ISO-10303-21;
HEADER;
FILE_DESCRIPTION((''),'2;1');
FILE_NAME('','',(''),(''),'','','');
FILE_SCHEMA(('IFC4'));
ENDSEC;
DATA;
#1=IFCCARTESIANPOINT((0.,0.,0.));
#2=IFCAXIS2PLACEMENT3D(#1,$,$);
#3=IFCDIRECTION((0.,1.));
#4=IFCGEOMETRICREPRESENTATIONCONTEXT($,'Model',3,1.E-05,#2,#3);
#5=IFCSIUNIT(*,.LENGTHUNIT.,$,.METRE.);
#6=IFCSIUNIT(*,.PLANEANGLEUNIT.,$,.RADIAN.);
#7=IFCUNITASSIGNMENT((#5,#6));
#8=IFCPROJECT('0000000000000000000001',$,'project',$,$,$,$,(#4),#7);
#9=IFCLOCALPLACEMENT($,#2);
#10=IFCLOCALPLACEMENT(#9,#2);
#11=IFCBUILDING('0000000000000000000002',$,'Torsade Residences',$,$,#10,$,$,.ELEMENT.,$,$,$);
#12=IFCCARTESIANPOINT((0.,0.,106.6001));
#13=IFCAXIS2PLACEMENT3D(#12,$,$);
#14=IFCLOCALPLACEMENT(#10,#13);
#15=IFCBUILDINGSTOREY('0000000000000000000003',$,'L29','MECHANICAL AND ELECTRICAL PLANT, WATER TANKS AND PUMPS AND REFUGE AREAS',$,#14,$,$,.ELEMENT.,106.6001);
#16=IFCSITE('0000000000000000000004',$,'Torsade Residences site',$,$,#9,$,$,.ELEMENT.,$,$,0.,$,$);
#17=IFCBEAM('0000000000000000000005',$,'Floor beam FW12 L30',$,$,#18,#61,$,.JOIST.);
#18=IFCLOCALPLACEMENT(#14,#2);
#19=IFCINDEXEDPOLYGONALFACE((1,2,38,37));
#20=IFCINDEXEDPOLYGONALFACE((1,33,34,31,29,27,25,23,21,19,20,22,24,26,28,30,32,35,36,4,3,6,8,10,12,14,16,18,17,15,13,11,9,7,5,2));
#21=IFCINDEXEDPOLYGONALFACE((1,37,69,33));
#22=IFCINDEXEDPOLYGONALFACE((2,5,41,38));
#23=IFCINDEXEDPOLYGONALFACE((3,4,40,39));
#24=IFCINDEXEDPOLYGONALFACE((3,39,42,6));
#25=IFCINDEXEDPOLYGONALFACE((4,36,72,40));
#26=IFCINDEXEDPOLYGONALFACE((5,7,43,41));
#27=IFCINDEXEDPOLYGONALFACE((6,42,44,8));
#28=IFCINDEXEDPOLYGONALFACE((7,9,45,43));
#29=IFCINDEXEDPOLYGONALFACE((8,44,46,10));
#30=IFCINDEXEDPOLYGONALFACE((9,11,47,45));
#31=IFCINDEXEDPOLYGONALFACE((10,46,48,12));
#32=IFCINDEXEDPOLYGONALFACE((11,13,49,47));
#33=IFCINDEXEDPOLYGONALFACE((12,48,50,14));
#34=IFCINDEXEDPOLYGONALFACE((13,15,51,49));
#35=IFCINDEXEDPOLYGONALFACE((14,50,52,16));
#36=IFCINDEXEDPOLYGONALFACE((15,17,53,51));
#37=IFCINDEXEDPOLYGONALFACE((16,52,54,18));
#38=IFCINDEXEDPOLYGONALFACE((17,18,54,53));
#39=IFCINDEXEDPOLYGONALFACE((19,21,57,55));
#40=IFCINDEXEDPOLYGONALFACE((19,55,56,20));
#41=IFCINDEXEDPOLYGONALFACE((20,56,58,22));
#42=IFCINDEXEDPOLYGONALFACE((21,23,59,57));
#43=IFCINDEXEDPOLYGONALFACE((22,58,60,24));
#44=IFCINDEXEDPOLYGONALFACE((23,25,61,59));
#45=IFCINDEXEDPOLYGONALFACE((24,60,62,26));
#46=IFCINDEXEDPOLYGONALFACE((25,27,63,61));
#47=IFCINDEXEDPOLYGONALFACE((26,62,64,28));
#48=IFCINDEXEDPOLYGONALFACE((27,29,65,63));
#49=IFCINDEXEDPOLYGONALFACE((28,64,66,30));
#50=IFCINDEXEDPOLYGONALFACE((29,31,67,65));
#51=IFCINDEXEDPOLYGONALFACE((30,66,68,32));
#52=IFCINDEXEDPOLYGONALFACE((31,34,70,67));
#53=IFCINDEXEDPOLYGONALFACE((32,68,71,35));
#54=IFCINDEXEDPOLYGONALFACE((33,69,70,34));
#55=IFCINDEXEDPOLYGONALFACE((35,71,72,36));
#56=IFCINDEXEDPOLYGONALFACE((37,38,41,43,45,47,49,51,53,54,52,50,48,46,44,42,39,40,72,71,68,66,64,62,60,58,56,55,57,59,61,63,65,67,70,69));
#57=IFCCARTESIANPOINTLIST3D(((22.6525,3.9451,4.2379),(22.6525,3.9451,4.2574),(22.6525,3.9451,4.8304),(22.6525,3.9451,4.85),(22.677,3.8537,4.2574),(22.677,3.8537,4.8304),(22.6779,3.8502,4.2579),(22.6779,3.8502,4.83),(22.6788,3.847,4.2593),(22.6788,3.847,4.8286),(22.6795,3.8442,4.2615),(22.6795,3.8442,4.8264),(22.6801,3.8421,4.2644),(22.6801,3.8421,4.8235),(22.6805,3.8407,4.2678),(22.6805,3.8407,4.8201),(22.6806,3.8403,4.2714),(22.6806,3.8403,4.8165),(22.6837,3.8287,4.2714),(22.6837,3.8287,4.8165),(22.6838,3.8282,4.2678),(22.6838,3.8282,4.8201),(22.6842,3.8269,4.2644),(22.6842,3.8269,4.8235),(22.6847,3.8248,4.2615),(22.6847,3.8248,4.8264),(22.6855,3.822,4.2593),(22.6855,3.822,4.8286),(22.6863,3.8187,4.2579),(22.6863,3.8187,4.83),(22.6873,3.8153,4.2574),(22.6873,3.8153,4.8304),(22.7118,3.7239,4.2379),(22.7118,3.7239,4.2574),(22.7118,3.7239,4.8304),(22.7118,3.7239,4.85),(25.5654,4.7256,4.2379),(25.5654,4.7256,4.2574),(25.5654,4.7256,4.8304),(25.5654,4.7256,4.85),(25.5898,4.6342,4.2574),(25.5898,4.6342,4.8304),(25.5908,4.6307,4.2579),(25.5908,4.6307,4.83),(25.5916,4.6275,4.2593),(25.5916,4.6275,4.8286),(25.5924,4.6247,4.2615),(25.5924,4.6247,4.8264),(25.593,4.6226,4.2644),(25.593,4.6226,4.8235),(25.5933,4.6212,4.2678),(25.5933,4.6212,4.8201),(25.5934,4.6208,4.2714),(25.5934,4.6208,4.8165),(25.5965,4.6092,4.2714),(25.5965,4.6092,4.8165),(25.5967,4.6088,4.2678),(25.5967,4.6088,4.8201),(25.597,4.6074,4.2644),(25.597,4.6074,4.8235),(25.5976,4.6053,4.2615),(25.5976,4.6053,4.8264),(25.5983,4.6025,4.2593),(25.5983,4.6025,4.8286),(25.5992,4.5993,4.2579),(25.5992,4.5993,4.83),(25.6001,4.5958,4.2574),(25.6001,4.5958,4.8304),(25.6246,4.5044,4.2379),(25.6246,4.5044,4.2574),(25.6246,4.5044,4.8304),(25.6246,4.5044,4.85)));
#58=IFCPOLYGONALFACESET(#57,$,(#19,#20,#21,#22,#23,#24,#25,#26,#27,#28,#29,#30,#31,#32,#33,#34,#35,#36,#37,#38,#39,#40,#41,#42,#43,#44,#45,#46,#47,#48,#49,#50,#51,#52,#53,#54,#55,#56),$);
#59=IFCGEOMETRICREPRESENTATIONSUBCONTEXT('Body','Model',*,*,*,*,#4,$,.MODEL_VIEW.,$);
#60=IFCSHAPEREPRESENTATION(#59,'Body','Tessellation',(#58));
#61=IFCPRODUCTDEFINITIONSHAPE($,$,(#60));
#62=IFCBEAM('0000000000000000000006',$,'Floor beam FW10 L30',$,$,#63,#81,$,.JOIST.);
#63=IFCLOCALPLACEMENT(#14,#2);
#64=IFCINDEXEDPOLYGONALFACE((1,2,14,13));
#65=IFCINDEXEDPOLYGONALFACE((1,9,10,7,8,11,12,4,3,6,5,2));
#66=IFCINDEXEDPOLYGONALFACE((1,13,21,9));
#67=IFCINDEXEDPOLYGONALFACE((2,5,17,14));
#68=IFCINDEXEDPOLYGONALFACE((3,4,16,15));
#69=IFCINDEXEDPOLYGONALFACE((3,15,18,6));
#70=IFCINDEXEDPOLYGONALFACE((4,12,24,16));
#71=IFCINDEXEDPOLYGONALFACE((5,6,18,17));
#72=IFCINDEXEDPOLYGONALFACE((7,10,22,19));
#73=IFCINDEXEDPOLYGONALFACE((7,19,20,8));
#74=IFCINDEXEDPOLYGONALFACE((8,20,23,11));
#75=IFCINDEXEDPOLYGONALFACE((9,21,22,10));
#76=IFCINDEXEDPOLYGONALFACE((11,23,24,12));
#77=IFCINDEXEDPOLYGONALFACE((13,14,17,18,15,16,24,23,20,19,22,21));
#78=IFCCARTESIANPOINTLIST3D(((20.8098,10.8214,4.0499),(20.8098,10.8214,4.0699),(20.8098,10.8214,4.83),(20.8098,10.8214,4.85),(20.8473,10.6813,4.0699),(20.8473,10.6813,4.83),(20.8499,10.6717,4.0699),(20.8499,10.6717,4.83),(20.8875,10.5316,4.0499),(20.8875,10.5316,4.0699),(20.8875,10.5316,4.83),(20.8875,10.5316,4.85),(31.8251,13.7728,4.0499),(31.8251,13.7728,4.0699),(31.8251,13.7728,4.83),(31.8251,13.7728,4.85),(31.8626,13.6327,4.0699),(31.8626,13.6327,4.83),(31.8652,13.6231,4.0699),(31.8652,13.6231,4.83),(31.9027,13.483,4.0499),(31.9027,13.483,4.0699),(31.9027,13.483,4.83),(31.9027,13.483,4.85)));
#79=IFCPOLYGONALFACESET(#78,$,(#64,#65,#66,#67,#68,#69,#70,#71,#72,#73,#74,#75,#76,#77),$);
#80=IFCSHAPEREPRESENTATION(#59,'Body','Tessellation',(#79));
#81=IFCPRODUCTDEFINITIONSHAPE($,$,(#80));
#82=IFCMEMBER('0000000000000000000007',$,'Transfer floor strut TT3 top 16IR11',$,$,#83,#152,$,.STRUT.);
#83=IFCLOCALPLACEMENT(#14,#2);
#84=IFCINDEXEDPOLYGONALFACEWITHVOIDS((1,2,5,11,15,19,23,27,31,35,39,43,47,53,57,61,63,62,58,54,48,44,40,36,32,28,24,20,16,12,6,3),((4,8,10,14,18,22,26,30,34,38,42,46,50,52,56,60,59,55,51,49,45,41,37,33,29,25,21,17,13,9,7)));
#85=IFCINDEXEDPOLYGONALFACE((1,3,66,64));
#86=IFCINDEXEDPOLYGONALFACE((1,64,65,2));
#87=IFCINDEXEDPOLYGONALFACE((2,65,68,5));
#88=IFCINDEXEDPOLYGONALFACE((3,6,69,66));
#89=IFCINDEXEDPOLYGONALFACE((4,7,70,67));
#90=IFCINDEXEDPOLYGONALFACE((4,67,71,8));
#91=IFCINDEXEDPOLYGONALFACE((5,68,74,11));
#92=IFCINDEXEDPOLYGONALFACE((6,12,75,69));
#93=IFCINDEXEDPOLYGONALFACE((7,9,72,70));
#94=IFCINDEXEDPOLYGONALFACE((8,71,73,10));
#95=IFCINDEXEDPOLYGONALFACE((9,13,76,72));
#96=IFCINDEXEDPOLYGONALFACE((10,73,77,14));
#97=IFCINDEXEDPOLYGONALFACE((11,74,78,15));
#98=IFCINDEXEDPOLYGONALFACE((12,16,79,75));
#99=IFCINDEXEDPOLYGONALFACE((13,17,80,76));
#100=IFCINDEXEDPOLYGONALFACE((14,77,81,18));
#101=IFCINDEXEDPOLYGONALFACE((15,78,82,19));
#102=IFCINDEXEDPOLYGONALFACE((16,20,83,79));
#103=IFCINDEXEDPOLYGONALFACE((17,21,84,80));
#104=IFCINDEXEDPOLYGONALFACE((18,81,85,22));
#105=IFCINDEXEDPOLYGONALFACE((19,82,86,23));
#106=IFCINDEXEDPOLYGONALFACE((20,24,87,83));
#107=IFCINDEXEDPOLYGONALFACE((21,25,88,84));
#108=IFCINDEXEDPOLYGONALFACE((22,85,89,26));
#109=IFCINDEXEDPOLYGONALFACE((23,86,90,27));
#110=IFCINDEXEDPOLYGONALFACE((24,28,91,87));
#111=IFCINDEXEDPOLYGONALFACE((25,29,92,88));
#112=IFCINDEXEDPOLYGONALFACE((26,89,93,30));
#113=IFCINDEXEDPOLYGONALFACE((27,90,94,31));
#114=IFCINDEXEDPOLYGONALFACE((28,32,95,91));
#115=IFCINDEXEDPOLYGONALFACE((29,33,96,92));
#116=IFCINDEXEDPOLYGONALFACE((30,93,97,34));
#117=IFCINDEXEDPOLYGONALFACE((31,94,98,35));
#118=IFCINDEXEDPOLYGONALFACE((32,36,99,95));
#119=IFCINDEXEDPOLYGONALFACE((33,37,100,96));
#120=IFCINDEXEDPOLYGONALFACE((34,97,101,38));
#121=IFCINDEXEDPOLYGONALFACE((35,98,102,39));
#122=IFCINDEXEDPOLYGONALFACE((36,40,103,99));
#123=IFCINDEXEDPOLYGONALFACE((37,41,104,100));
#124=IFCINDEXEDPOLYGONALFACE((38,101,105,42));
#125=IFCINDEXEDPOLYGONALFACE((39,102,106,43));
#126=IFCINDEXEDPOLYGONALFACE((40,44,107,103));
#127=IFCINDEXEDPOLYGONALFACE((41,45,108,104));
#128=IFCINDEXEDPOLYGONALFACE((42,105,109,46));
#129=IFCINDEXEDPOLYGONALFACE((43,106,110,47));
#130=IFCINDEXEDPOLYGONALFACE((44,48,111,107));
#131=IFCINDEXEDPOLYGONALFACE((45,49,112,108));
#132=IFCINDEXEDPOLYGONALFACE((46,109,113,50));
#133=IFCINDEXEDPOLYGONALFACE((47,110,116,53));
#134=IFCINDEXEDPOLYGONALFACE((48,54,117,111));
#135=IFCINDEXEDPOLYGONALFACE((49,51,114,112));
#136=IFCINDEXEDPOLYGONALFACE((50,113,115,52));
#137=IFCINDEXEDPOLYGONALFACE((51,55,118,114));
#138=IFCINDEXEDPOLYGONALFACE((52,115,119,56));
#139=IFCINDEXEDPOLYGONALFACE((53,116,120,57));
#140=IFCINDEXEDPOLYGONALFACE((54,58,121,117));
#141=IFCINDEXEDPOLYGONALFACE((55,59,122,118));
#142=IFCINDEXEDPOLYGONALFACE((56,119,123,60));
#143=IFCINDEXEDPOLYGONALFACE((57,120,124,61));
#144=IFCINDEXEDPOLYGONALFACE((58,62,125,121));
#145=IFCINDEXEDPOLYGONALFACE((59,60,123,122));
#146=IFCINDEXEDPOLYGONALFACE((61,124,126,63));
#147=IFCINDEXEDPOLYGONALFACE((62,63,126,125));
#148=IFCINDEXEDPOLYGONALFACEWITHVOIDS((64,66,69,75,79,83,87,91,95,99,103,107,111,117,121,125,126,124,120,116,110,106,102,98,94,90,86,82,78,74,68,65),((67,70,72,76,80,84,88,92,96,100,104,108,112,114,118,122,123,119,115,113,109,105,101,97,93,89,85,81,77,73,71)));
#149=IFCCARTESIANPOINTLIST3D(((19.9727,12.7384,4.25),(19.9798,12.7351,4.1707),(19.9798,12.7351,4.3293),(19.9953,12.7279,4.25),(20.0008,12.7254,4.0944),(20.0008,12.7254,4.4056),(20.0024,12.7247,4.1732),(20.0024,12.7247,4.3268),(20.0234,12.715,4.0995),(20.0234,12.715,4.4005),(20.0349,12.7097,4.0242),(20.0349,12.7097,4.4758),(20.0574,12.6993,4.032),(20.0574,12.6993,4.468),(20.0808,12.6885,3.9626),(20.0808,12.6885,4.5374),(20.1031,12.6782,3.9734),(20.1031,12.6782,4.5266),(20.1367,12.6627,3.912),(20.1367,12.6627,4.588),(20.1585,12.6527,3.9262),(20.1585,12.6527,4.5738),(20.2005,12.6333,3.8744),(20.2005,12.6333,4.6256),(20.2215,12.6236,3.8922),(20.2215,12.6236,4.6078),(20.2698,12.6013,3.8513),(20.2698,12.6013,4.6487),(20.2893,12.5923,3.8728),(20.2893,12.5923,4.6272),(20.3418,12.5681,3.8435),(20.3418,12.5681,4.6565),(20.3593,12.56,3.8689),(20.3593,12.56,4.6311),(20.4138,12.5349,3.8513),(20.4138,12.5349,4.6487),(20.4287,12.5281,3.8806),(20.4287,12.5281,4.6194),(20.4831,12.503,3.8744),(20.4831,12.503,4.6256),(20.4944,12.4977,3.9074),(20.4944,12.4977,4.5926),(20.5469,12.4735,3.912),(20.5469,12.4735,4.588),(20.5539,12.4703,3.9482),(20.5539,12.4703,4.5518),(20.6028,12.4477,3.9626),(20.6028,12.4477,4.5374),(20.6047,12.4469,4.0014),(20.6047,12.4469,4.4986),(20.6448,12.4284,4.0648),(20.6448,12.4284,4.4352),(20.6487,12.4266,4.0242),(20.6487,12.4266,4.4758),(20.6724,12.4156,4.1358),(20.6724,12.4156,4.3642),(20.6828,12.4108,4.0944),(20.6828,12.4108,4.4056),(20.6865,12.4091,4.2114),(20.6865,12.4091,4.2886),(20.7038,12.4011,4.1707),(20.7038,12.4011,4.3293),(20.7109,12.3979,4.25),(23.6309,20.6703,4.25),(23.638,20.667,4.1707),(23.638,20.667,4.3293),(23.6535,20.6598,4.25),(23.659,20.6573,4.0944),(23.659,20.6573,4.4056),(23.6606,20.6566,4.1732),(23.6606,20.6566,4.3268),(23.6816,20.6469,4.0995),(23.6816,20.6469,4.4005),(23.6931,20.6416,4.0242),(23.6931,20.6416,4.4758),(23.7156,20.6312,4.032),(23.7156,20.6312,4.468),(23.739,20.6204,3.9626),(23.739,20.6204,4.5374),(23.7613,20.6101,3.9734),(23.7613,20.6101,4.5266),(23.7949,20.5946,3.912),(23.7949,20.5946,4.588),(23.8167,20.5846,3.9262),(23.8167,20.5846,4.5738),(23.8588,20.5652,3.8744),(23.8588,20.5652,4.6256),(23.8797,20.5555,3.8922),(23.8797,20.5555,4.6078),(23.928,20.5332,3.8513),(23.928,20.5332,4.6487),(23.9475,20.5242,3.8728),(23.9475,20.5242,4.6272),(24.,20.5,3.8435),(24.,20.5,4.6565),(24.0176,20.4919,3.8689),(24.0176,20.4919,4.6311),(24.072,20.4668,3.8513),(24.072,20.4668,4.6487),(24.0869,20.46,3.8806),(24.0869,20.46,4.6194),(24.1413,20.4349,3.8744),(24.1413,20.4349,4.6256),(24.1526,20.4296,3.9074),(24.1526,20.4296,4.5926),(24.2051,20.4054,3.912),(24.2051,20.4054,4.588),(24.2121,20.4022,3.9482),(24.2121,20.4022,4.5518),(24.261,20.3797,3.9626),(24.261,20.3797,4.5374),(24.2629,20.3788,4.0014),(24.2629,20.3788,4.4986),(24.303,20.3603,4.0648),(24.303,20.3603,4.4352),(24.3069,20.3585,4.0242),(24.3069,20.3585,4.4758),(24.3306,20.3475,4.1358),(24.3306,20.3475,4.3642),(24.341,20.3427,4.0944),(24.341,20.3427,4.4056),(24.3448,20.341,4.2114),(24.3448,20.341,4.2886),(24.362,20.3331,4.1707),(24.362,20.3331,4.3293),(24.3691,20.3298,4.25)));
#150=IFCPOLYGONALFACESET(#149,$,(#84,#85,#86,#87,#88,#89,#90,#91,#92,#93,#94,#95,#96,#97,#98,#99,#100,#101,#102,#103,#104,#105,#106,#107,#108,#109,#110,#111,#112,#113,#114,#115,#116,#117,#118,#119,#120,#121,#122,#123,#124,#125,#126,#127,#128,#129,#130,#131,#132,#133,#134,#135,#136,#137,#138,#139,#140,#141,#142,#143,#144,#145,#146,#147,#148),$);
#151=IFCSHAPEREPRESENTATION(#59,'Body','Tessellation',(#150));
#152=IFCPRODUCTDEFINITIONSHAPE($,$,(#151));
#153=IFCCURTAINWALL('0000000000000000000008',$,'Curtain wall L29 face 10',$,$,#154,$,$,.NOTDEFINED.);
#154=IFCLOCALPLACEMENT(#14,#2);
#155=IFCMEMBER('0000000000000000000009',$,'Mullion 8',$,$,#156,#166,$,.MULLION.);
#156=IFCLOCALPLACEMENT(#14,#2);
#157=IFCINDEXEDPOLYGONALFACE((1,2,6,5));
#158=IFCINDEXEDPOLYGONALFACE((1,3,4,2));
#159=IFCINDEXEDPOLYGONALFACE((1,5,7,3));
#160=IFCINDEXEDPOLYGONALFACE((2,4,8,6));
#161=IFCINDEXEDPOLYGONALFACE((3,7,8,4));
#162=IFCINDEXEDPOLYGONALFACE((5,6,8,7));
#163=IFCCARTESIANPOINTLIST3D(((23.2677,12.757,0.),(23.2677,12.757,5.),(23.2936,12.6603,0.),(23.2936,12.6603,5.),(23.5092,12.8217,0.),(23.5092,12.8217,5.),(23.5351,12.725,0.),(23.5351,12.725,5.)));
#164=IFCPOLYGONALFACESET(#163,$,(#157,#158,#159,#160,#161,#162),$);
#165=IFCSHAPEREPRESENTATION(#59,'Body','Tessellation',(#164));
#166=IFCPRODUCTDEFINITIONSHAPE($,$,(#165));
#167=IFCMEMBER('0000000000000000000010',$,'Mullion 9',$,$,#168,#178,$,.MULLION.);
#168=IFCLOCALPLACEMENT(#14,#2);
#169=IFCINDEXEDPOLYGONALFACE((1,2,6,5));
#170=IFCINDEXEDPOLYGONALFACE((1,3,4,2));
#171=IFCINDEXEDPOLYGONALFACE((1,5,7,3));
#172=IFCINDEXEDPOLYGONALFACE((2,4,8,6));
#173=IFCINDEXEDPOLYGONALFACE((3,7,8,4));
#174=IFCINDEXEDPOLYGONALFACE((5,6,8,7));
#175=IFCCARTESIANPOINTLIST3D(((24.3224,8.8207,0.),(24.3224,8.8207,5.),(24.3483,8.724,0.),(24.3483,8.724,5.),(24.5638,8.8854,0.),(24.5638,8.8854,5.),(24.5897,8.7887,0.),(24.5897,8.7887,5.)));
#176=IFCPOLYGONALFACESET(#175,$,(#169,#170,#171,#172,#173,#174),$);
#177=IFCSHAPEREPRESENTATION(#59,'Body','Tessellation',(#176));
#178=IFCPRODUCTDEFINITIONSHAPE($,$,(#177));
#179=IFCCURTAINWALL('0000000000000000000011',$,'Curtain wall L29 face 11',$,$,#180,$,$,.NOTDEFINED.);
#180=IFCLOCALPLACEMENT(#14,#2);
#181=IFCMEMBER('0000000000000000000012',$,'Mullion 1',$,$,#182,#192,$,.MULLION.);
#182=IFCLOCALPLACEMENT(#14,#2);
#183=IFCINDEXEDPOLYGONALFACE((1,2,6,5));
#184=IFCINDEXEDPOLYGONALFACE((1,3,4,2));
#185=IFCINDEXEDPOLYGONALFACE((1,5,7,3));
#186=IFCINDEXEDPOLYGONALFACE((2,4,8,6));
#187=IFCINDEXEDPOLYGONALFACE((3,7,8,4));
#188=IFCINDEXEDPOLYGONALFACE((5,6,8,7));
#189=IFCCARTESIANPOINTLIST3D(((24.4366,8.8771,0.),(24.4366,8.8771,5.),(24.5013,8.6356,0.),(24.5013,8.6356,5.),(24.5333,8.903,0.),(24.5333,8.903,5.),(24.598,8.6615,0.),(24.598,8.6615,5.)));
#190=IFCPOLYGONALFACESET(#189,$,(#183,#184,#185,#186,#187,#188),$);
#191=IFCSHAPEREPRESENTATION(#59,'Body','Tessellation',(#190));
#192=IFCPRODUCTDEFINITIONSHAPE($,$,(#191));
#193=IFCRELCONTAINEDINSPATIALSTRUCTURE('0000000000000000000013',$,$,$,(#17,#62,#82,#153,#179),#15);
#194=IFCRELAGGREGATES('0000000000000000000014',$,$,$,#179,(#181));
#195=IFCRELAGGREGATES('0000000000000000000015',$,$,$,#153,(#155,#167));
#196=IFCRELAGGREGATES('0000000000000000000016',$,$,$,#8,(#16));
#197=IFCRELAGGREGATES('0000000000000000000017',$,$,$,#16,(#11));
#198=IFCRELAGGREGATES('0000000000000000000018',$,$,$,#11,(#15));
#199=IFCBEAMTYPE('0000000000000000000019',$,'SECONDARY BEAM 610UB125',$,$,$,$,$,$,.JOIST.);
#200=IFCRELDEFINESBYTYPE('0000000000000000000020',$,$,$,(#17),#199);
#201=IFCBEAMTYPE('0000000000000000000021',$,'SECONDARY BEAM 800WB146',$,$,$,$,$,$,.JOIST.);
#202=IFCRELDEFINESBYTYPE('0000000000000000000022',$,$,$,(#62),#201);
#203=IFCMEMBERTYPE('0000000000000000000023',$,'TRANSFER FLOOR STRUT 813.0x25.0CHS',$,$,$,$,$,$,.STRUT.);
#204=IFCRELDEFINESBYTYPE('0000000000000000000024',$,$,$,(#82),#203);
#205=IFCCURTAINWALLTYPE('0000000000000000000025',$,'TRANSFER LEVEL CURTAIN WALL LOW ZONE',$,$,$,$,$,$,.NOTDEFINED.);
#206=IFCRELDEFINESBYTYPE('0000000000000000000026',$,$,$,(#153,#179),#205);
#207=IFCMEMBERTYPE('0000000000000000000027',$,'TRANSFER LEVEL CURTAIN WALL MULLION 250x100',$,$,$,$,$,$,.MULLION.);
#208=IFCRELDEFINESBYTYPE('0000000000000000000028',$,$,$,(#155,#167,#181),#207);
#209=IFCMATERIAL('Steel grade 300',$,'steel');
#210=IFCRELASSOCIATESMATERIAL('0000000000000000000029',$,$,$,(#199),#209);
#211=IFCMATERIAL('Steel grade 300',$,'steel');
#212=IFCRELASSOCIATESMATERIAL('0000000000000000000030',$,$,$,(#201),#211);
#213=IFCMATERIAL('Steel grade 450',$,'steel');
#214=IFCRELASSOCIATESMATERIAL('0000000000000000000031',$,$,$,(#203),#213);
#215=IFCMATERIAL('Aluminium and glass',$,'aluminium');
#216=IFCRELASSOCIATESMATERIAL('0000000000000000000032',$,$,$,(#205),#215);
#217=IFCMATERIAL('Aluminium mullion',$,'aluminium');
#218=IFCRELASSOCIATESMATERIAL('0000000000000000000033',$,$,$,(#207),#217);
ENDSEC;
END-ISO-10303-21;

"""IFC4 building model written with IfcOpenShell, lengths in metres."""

from ifc_helpers import new_model, si_unit, direction, frame, origin, origin_2d, place, context, subcontext, project, spatial, rectangle, hollow_circle, i_section, extrude, material, material_profile, profile_set, type_object, element, aggregate, save


model = new_model("IFC4")

# Units and contexts
model_context = context("Model", 3, precision=1e-05, world=origin(), true_north=direction((0.0, 1.0)))
body_context = subcontext(model_context, "Body", "Model", "MODEL_VIEW")
ifc_project = project(units=[si_unit("LENGTHUNIT", "METRE"), si_unit("PLANEANGLEUNIT", "RADIAN")], contexts=[model_context])

# Site, building, storey
site_placement = place(None, origin())
site = spatial("IfcSite", under=ifc_project, at=site_placement, Name="Torsade Residences site", CompositionType="ELEMENT", RefElevation=0.0)
building_placement = place(site_placement, origin())
building = spatial("IfcBuilding", under=site, at=building_placement, Name="Torsade Residences", CompositionType="ELEMENT")
storey_placement = place(building_placement, frame((0.0, 0.0, 106.6001)))
storey = spatial("IfcBuildingStorey", under=building, at=storey_placement, Name="L29", Description="MECHANICAL AND ELECTRICAL PLANT, WATER TANKS AND PUMPS AND REFUGE AREAS", CompositionType="ELEMENT", Elevation=106.6001)

# Beams
ifc_material_1 = material(Name="Steel grade 300", Category="steel")
ifc_material_profile_1 = material_profile(ifc_material_1, i_section(OverallWidth=0.229, OverallDepth=0.6121, WebThickness=0.012, FlangeThickness=0.0195, FilletRadius=0.0139, at=origin_2d()), Name="610UB125")
ifc_profile_set_1 = profile_set([ifc_material_profile_1], Name="Steel grade 300")
beam_type_1 = type_object("IfcBeamType", Name="SECONDARY BEAM 610UB125", PredefinedType="JOIST", material=ifc_profile_set_1)
beam_1_placement = place(storey_placement, frame((22.6821, 3.8345, 4.5439), z_axis=(0.965924, 0.258826, 0.0), x_axis=(-0.258826, 0.965924, 0.0)))
element("IfcBeam", 1, at=beam_1_placement, inside=storey, type_object=beam_type_1, Name="Floor beam FW12 L30", PredefinedType="JOIST", context=body_context, shape_type="SweptSolid", body=[
    extrude(i_section(OverallWidth=0.229, OverallDepth=0.6121, WebThickness=0.012, FlangeThickness=0.0195, FilletRadius=0.0139, at=origin_2d()), origin(), (0.0, 0.0, 1.0), 3.0156),
])
ifc_material_2 = material(Name="Steel grade 300", Category="steel")
ifc_material_profile_2 = material_profile(ifc_material_2, i_section(OverallWidth=0.3, OverallDepth=0.8, WebThickness=0.01, FlangeThickness=0.02, at=origin_2d()), Name="800WB146")
ifc_profile_set_2 = profile_set([ifc_material_profile_2], Name="Steel grade 300")
beam_type_2 = type_object("IfcBeamType", Name="SECONDARY BEAM 800WB146", PredefinedType="JOIST", material=ifc_profile_set_2)
beam_2_placement = place(storey_placement, frame((20.8486, 10.6765, 4.45), z_axis=(0.965929, 0.258807, 0.0), x_axis=(-0.258807, 0.965929, 0.0)))
element("IfcBeam", 2, at=beam_2_placement, inside=storey, type_object=beam_type_2, Name="Floor beam FW10 L30", PredefinedType="JOIST", context=body_context, shape_type="SweptSolid", body=[
    extrude(i_section(OverallWidth=0.3, OverallDepth=0.8, WebThickness=0.01, FlangeThickness=0.02, at=origin_2d()), origin(), (0.0, 0.0, 1.0), 11.4038),
])

# Member
ifc_material_3 = material(Name="Steel grade 450", Category="steel")
ifc_material_profile_3 = material_profile(ifc_material_3, hollow_circle(Radius=0.4065, WallThickness=0.0249, at=origin_2d()), Name="813.0x25.0CHS")
ifc_profile_set_3 = profile_set([ifc_material_profile_3], Name="Steel grade 450")
member_type_1 = type_object("IfcMemberType", Name="TRANSFER FLOOR STRUT 813.0x25.0CHS", PredefinedType="STRUT", material=ifc_profile_set_3)
member_1_placement = place(storey_placement, frame((20.3418, 12.5681, 4.25), z_axis=(0.418806, 0.908076, 0.0), x_axis=(-0.908076, 0.418806, 0.0)))
element("IfcMember", 3, at=member_1_placement, inside=storey, type_object=member_type_1, Name="Transfer floor strut TT3 top 16IR11", PredefinedType="STRUT", context=body_context, shape_type="SweptSolid", body=[
    extrude(hollow_circle(Radius=0.4065, WallThickness=0.0249, at=origin_2d()), origin(), (0.0, 0.0, 1.0), 8.7349),
])

# Curtain wall, members
ifc_material_4 = material(Name="Aluminium and glass", Category="aluminium")
curtain_wall_type = type_object("IfcCurtainWallType", Name="TRANSFER LEVEL CURTAIN WALL LOW ZONE", PredefinedType="NOTDEFINED", material=ifc_material_4)
curtain_wall_1_placement = place(storey_placement, origin())
curtain_wall_1 = element("IfcCurtainWall", 4, at=curtain_wall_1_placement, inside=storey, type_object=curtain_wall_type, Name="Curtain wall L29 face 10", PredefinedType="NOTDEFINED")
ifc_material_5 = material(Name="Aluminium mullion", Category="aluminium")
ifc_material_profile_4 = material_profile(ifc_material_5, rectangle(XDim=0.25, YDim=0.1001, at=origin_2d()), Name="TRANSFER LEVEL CURTAIN WALL MULLION 250x100")
ifc_profile_set_4 = profile_set([ifc_material_profile_4], Name="Aluminium mullion")
member_type_2 = type_object("IfcMemberType", Name="TRANSFER LEVEL CURTAIN WALL MULLION 250x100", PredefinedType="MULLION", material=ifc_profile_set_4)
member_2_placement = place(storey_placement, frame((23.4014, 12.741, 0.0), z_axis=(0.0, 0.0, 1.0), x_axis=(0.965926, 0.258819, 0.0)))
member_2 = element("IfcMember", 5, at=member_2_placement, type_object=member_type_2, Name="Mullion 8", PredefinedType="MULLION", context=body_context, shape_type="SweptSolid", body=[
    extrude(rectangle(XDim=0.25, YDim=0.1001, at=origin_2d()), origin(), (0.0, 0.0, 1.0), 5.0),
])
member_3_placement = place(storey_placement, frame((24.4561, 8.8047, 0.0), z_axis=(0.0, 0.0, 1.0), x_axis=(0.965926, 0.258819, 0.0)))
member_3 = element("IfcMember", 6, at=member_3_placement, type_object=member_type_2, Name="Mullion 9", PredefinedType="MULLION", context=body_context, shape_type="SweptSolid", body=[
    extrude(rectangle(XDim=0.25, YDim=0.1001, at=origin_2d()), origin(), (0.0, 0.0, 1.0), 5.0),
])

# Curtain wall, member
curtain_wall_2_placement = place(storey_placement, origin())
curtain_wall_2 = element("IfcCurtainWall", 7, at=curtain_wall_2_placement, inside=storey, type_object=curtain_wall_type, Name="Curtain wall L29 face 11", PredefinedType="NOTDEFINED")
member_4_placement = place(storey_placement, frame((24.5173, 8.7693, 0.0), z_axis=(0.0, 0.0, 1.0), x_axis=(-0.258819, 0.965926, 0.0)))
member_4 = element("IfcMember", 8, at=member_4_placement, type_object=member_type_2, Name="Mullion 1", PredefinedType="MULLION", context=body_context, shape_type="SweptSolid", body=[
    extrude(rectangle(XDim=0.25, YDim=0.1001, at=origin_2d()), origin(), (0.0, 0.0, 1.0), 5.0),
])

aggregate(curtain_wall_2, [member_4])

aggregate(curtain_wall_1, [member_2, member_3])

save(model, "model.ifc")
